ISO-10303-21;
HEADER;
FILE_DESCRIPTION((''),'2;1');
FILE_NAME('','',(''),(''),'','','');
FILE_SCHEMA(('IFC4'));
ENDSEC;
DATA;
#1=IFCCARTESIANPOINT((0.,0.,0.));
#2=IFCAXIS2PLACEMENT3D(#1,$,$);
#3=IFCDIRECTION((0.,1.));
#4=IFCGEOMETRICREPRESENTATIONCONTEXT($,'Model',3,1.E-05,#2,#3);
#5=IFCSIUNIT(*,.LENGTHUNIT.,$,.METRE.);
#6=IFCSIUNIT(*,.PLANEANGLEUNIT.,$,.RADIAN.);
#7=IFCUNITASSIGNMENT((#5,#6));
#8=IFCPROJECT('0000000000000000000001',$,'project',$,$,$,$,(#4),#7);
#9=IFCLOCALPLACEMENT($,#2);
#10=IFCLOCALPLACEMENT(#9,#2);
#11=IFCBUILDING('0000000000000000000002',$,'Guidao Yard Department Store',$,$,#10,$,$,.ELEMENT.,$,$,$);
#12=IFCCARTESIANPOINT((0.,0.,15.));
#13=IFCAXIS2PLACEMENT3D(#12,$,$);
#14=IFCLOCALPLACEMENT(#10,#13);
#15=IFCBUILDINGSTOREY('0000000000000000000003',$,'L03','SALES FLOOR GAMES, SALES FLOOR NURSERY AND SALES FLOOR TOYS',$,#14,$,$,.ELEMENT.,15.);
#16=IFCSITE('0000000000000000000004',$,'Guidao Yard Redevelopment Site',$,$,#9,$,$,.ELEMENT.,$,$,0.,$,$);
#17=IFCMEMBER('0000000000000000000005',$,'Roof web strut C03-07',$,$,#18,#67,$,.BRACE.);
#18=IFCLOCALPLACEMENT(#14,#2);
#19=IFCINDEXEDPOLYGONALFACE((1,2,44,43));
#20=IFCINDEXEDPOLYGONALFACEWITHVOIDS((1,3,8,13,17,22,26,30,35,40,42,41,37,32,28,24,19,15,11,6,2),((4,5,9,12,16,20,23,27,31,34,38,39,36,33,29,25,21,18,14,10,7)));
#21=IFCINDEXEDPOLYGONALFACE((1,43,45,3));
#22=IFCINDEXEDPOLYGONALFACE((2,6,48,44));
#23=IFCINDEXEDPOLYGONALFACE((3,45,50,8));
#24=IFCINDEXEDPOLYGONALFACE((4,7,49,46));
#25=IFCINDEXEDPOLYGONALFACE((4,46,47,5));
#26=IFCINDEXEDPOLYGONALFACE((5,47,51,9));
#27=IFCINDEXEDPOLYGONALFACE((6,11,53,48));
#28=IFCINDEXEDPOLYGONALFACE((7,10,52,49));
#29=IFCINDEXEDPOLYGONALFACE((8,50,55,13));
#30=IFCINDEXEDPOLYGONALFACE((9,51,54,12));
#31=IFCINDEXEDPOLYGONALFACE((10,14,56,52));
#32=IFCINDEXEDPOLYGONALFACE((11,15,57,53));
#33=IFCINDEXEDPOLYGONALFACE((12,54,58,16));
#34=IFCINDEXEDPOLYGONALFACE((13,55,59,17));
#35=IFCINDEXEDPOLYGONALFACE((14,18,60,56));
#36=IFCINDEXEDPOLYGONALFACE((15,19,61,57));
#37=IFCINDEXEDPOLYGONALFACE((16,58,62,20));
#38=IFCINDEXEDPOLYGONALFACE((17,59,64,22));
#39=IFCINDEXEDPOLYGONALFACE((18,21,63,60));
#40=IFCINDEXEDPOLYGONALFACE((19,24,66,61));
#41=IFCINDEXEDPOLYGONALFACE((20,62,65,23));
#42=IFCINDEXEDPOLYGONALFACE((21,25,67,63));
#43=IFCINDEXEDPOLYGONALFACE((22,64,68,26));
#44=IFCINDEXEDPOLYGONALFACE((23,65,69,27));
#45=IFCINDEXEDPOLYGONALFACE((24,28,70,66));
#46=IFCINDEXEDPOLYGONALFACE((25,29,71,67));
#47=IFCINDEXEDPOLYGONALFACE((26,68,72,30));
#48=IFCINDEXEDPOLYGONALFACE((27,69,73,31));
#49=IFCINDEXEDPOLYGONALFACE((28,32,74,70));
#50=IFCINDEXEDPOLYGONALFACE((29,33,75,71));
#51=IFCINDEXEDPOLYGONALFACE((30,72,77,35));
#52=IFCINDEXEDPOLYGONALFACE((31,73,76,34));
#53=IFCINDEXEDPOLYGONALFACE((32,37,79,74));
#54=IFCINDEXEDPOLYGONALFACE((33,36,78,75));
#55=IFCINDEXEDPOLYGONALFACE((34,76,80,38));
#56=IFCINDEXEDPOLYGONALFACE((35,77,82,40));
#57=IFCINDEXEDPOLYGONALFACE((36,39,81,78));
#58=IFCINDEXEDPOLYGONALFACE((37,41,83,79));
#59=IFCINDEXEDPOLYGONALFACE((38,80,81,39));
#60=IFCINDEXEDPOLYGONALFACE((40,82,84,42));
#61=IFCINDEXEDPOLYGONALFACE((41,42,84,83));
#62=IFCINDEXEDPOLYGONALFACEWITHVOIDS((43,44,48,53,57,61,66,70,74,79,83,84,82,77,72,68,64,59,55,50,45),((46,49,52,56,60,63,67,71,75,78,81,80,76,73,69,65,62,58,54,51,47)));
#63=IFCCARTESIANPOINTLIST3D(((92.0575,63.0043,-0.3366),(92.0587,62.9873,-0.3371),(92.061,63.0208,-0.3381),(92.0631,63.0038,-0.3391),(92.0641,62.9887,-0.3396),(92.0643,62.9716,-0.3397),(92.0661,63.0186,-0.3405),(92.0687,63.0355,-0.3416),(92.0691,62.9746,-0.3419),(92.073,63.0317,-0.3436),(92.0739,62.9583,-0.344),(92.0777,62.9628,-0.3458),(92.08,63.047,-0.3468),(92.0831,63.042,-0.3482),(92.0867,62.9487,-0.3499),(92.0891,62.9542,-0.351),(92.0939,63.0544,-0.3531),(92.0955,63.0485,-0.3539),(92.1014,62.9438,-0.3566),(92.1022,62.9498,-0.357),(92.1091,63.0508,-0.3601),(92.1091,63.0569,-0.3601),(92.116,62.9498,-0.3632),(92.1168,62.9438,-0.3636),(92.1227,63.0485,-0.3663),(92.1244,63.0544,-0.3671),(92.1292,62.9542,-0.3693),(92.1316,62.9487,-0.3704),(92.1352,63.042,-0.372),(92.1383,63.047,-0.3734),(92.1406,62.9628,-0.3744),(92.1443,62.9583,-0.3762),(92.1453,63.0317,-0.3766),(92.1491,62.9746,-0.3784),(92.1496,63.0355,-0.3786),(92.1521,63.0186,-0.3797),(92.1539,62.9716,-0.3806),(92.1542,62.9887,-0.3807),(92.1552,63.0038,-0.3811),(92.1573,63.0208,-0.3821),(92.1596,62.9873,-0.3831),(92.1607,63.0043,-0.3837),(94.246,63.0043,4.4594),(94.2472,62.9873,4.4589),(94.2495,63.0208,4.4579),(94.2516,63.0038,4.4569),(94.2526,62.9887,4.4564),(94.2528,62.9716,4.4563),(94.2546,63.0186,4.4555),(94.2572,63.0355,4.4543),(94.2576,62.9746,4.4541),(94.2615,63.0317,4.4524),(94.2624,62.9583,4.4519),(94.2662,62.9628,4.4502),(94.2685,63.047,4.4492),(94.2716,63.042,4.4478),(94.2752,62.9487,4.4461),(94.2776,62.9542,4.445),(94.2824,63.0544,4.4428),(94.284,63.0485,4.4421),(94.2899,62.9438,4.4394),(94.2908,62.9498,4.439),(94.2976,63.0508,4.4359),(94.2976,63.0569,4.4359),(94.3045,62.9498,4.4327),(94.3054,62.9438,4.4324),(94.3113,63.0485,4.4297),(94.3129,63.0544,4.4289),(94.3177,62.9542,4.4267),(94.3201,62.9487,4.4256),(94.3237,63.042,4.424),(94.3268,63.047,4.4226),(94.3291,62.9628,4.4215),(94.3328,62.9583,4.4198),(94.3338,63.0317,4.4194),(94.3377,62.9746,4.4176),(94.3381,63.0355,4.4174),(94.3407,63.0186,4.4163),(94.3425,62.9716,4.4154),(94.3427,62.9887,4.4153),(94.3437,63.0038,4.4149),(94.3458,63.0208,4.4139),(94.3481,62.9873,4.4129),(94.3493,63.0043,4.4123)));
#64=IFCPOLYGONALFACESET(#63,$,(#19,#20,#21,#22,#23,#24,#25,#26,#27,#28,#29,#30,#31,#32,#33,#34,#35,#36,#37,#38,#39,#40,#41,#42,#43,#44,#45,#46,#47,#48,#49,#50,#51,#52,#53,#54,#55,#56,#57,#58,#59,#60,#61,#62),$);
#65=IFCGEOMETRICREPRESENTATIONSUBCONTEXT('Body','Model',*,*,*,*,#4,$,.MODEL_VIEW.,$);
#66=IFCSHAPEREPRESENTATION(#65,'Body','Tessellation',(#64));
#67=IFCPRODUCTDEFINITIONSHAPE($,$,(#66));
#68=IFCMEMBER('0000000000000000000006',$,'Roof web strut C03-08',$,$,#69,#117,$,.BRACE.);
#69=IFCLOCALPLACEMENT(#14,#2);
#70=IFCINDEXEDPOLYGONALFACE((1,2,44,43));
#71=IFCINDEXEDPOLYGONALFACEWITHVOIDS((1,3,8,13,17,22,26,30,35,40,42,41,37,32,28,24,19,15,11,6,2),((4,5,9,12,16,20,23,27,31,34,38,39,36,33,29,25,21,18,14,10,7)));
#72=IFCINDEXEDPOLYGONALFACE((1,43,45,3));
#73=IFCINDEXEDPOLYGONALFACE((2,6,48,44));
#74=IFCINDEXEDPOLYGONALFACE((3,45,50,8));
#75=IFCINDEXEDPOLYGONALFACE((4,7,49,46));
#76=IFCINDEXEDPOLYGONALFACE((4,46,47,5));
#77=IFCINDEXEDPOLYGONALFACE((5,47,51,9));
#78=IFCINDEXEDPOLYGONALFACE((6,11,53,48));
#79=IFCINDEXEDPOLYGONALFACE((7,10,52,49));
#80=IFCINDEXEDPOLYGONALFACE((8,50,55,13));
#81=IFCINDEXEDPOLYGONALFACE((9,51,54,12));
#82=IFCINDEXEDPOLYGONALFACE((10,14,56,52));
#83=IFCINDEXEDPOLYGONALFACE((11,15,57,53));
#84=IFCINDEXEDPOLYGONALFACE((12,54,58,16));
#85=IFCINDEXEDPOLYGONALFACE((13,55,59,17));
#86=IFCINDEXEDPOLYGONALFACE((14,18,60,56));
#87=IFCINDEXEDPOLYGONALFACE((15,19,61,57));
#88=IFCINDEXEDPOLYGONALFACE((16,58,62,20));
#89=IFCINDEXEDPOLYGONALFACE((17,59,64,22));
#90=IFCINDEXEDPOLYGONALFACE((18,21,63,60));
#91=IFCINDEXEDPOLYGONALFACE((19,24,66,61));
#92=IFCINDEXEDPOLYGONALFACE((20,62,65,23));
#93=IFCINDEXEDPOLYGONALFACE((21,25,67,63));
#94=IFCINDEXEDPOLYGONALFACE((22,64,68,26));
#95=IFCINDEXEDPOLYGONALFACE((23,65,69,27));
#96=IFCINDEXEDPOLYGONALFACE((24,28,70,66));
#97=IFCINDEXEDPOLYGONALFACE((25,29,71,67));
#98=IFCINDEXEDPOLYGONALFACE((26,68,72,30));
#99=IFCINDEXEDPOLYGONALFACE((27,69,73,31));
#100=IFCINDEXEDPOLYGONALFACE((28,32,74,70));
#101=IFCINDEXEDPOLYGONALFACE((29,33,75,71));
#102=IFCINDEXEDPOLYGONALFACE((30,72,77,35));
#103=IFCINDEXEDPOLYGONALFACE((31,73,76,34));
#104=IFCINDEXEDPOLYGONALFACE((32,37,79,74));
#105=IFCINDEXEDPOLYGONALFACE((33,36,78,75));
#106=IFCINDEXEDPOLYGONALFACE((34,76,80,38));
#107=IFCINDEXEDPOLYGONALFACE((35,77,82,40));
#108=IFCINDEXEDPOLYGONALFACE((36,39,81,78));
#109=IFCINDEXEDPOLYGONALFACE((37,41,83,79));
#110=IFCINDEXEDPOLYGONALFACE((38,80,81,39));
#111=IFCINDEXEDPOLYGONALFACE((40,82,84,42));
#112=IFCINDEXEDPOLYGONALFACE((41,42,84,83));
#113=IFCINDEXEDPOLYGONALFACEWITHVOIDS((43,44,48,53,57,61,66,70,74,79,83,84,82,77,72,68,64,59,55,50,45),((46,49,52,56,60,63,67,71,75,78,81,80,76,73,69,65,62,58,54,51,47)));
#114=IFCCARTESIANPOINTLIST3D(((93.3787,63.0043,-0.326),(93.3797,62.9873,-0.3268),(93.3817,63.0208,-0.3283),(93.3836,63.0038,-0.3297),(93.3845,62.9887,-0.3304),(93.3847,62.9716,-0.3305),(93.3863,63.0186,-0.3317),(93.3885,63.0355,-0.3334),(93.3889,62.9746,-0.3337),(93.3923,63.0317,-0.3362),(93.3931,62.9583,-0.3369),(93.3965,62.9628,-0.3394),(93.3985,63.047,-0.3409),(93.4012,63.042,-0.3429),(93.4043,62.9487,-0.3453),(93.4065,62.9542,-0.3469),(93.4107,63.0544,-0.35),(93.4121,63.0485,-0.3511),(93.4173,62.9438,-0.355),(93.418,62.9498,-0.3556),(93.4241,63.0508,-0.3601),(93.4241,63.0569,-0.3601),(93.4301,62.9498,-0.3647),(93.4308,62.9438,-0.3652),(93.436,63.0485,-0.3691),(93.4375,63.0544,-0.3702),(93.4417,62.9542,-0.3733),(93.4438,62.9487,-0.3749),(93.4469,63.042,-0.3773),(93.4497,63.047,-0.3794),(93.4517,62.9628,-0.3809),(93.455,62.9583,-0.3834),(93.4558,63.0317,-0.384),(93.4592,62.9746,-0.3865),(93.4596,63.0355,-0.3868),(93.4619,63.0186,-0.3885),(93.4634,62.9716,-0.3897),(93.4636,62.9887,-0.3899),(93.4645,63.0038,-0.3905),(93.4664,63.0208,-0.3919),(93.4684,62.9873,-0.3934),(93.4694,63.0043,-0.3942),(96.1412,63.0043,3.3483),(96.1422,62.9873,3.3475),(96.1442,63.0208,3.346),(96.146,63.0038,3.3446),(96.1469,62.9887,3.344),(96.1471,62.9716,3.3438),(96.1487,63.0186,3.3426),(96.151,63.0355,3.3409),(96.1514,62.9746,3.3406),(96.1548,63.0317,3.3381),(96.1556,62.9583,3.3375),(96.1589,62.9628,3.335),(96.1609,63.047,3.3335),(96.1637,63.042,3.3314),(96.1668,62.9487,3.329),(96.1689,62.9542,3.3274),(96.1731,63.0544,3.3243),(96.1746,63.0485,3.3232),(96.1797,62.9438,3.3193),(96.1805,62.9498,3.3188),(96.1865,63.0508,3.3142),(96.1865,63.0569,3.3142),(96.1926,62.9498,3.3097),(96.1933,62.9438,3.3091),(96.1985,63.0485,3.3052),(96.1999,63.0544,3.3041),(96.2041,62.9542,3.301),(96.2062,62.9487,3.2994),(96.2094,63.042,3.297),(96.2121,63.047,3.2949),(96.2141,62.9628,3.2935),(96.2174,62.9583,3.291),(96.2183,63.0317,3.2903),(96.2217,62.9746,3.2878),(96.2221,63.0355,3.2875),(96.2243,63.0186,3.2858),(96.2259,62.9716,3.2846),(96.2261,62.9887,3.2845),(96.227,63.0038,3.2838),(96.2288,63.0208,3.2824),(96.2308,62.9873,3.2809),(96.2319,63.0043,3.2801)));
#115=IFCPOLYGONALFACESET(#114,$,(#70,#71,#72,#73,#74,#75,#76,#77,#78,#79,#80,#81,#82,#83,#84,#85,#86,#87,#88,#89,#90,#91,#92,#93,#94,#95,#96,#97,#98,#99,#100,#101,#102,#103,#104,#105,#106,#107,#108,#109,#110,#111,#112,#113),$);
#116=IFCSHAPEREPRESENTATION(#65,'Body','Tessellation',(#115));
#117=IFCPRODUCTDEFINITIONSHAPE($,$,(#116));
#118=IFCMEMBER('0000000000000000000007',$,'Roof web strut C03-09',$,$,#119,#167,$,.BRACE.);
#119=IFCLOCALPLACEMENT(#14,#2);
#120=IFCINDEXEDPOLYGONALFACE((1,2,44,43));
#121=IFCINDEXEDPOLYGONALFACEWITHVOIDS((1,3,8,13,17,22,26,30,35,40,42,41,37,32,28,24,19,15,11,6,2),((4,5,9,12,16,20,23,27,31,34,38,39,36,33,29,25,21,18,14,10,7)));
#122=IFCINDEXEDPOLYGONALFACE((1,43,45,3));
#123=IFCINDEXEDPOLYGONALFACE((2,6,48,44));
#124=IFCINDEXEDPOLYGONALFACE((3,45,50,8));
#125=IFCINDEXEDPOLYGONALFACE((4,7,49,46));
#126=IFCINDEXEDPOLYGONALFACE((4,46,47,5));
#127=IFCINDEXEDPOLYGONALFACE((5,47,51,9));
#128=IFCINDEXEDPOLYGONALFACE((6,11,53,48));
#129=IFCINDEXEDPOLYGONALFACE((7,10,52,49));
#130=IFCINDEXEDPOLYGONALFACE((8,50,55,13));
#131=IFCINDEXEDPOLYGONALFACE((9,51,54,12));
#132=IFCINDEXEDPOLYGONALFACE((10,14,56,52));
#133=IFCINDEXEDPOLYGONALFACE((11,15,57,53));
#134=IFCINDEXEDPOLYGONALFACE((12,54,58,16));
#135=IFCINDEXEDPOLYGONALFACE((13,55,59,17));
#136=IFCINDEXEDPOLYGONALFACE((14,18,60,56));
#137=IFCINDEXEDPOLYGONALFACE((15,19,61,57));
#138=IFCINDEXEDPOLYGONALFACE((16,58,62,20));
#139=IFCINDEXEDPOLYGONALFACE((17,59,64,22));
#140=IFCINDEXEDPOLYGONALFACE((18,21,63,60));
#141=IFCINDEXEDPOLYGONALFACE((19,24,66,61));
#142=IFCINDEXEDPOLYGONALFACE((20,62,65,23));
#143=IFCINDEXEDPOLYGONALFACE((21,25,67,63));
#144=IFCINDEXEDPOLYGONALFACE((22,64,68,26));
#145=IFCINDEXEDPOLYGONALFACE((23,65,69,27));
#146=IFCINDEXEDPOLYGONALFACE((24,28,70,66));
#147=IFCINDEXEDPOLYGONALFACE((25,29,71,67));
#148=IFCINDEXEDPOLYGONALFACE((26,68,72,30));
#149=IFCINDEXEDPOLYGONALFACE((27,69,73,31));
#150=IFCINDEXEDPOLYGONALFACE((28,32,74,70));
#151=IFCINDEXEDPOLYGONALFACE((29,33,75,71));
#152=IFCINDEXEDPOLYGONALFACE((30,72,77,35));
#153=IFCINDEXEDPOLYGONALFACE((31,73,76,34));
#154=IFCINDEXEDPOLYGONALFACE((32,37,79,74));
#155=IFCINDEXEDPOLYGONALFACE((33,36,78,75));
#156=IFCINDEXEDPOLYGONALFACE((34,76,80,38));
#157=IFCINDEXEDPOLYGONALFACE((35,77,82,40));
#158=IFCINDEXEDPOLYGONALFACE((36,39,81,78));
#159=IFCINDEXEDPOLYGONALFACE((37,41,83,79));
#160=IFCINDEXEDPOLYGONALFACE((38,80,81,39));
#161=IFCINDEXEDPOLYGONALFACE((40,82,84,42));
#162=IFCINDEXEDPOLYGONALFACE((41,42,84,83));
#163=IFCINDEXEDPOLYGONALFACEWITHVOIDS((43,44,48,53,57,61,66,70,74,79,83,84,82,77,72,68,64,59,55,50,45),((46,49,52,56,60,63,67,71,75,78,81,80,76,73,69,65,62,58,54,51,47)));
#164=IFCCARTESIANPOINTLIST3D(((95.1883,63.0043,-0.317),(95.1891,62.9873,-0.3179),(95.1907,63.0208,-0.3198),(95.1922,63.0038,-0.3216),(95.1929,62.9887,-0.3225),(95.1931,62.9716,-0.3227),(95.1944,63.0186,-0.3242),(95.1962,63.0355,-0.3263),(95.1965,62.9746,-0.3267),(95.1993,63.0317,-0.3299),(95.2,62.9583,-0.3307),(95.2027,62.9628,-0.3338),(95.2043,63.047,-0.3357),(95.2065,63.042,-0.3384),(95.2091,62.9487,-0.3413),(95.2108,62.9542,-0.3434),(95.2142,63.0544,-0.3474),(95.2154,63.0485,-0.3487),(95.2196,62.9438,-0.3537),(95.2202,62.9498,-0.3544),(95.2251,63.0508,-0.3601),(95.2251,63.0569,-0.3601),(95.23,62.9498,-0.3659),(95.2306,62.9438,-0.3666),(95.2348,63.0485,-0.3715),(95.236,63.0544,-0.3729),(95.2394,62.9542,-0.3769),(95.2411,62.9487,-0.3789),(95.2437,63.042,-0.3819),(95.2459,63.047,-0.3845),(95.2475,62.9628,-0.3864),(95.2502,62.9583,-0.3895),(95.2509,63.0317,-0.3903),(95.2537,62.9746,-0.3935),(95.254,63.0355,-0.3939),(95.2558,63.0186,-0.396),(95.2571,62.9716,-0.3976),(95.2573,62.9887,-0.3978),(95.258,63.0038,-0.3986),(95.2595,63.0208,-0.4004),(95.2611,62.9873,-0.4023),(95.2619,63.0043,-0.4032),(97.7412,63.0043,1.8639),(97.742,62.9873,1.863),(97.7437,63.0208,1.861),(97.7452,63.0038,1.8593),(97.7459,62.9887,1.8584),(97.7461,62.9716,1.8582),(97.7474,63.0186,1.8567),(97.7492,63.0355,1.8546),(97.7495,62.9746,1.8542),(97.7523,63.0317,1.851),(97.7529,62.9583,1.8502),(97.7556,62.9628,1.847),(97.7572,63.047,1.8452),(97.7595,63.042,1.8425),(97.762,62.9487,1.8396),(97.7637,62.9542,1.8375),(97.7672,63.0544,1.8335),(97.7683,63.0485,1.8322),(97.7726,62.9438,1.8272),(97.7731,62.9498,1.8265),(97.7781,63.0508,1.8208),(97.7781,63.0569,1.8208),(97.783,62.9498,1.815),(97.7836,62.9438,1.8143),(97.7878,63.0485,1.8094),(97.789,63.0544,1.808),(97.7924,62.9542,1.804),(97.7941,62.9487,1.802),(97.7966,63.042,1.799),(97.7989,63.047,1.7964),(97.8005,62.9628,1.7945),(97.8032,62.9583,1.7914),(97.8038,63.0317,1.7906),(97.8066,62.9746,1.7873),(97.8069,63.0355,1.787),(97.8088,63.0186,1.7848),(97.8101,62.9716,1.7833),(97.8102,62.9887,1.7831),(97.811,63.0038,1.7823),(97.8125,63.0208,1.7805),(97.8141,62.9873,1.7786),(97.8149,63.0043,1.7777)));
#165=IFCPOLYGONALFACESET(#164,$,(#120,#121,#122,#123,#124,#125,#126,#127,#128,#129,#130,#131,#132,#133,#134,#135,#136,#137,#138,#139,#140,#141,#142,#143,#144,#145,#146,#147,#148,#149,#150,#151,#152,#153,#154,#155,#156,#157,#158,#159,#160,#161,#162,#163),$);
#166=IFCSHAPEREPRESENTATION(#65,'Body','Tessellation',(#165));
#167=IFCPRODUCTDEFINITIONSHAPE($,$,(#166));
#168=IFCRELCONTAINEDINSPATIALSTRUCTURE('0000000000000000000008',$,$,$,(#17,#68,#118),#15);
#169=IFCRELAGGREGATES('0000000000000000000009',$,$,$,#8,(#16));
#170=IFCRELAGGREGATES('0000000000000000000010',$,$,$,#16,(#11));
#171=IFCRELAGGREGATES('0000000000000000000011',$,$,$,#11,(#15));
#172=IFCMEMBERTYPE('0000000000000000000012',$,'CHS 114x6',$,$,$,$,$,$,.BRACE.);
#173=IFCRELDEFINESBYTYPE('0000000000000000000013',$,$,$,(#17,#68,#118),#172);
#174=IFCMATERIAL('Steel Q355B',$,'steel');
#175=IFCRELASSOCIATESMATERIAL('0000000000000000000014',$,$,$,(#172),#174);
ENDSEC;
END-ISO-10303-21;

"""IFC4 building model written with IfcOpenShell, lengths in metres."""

from ifc_helpers import new_model, si_unit, direction, frame, origin, origin_2d, place, context, subcontext, project, spatial, hollow_circle, extrude, material, material_profile, profile_set, type_object, element, save


model = new_model("IFC4")

# Units and contexts
model_context = context("Model", 3, precision=1e-05, world=origin(), true_north=direction((0.0, 1.0)))
body_context = subcontext(model_context, "Body", "Model", "MODEL_VIEW")
ifc_project = project(units=[si_unit("LENGTHUNIT", "METRE"), si_unit("PLANEANGLEUNIT", "RADIAN")], contexts=[model_context])

# Site, building, storey
site_placement = place(None, origin())
site = spatial("IfcSite", under=ifc_project, at=site_placement, Name="Guidao Yard Redevelopment Site", CompositionType="ELEMENT", RefElevation=0.0)
building_placement = place(site_placement, origin())
building = spatial("IfcBuilding", under=site, at=building_placement, Name="Guidao Yard Department Store", CompositionType="ELEMENT")
storey_placement = place(building_placement, frame((0.0, 0.0, 15.0)))
storey = spatial("IfcBuildingStorey", under=building, at=storey_placement, Name="L03", Description="SALES FLOOR GAMES, SALES FLOOR NURSERY AND SALES FLOOR TOYS", CompositionType="ELEMENT", Elevation=15.0)

# Members
ifc_material_1 = material(Name="Steel Q355B", Category="steel")
ifc_material_profile_1 = material_profile(ifc_material_1, hollow_circle(Radius=0.0569, WallThickness=0.0061, at=origin_2d()), Name="CHS 114x6")
ifc_profile_set_1 = profile_set([ifc_material_profile_1], Name="Steel Q355B")
member_type_1 = type_object("IfcMemberType", Name="CHS 114x6", PredefinedType="BRACE", material=ifc_profile_set_1)
member_1_placement = place(storey_placement, frame((92.1091, 63.0, -0.3601), z_axis=(0.415142, 0.0, 0.909756), x_axis=(0.0, 1.0, 0.0)))
element("IfcMember", 1, at=member_1_placement, inside=storey, type_object=member_type_1, Name="Roof web strut C03-07", PredefinedType="BRACE", context=body_context, shape_type="SweptSolid", body=[
    extrude(hollow_circle(Radius=0.0569, WallThickness=0.0061, at=origin_2d()), origin(), (0.0, 0.0, 1.0), 5.2717),
])
member_2_placement = place(storey_placement, frame((93.4241, 63.0, -0.3601), z_axis=(0.600934, 0.0, 0.799298), x_axis=(0.0, 1.0, 0.0)))
element("IfcMember", 2, at=member_2_placement, inside=storey, type_object=member_type_1, Name="Roof web strut C03-08", PredefinedType="BRACE", context=body_context, shape_type="SweptSolid", body=[
    extrude(hollow_circle(Radius=0.0569, WallThickness=0.0061, at=origin_2d()), origin(), (0.0, 0.0, 1.0), 4.5969),
])
member_3_placement = place(storey_placement, frame((95.2251, 63.0, -0.3601), z_axis=(0.760339, 0.0, 0.649527), x_axis=(0.0, 1.0, 0.0)))
element("IfcMember", 3, at=member_3_placement, inside=storey, type_object=member_type_1, Name="Roof web strut C03-09", PredefinedType="BRACE", context=body_context, shape_type="SweptSolid", body=[
    extrude(hollow_circle(Radius=0.0569, WallThickness=0.0061, at=origin_2d()), origin(), (0.0, 0.0, 1.0), 3.3577),
])

save(model, "model.ifc")
